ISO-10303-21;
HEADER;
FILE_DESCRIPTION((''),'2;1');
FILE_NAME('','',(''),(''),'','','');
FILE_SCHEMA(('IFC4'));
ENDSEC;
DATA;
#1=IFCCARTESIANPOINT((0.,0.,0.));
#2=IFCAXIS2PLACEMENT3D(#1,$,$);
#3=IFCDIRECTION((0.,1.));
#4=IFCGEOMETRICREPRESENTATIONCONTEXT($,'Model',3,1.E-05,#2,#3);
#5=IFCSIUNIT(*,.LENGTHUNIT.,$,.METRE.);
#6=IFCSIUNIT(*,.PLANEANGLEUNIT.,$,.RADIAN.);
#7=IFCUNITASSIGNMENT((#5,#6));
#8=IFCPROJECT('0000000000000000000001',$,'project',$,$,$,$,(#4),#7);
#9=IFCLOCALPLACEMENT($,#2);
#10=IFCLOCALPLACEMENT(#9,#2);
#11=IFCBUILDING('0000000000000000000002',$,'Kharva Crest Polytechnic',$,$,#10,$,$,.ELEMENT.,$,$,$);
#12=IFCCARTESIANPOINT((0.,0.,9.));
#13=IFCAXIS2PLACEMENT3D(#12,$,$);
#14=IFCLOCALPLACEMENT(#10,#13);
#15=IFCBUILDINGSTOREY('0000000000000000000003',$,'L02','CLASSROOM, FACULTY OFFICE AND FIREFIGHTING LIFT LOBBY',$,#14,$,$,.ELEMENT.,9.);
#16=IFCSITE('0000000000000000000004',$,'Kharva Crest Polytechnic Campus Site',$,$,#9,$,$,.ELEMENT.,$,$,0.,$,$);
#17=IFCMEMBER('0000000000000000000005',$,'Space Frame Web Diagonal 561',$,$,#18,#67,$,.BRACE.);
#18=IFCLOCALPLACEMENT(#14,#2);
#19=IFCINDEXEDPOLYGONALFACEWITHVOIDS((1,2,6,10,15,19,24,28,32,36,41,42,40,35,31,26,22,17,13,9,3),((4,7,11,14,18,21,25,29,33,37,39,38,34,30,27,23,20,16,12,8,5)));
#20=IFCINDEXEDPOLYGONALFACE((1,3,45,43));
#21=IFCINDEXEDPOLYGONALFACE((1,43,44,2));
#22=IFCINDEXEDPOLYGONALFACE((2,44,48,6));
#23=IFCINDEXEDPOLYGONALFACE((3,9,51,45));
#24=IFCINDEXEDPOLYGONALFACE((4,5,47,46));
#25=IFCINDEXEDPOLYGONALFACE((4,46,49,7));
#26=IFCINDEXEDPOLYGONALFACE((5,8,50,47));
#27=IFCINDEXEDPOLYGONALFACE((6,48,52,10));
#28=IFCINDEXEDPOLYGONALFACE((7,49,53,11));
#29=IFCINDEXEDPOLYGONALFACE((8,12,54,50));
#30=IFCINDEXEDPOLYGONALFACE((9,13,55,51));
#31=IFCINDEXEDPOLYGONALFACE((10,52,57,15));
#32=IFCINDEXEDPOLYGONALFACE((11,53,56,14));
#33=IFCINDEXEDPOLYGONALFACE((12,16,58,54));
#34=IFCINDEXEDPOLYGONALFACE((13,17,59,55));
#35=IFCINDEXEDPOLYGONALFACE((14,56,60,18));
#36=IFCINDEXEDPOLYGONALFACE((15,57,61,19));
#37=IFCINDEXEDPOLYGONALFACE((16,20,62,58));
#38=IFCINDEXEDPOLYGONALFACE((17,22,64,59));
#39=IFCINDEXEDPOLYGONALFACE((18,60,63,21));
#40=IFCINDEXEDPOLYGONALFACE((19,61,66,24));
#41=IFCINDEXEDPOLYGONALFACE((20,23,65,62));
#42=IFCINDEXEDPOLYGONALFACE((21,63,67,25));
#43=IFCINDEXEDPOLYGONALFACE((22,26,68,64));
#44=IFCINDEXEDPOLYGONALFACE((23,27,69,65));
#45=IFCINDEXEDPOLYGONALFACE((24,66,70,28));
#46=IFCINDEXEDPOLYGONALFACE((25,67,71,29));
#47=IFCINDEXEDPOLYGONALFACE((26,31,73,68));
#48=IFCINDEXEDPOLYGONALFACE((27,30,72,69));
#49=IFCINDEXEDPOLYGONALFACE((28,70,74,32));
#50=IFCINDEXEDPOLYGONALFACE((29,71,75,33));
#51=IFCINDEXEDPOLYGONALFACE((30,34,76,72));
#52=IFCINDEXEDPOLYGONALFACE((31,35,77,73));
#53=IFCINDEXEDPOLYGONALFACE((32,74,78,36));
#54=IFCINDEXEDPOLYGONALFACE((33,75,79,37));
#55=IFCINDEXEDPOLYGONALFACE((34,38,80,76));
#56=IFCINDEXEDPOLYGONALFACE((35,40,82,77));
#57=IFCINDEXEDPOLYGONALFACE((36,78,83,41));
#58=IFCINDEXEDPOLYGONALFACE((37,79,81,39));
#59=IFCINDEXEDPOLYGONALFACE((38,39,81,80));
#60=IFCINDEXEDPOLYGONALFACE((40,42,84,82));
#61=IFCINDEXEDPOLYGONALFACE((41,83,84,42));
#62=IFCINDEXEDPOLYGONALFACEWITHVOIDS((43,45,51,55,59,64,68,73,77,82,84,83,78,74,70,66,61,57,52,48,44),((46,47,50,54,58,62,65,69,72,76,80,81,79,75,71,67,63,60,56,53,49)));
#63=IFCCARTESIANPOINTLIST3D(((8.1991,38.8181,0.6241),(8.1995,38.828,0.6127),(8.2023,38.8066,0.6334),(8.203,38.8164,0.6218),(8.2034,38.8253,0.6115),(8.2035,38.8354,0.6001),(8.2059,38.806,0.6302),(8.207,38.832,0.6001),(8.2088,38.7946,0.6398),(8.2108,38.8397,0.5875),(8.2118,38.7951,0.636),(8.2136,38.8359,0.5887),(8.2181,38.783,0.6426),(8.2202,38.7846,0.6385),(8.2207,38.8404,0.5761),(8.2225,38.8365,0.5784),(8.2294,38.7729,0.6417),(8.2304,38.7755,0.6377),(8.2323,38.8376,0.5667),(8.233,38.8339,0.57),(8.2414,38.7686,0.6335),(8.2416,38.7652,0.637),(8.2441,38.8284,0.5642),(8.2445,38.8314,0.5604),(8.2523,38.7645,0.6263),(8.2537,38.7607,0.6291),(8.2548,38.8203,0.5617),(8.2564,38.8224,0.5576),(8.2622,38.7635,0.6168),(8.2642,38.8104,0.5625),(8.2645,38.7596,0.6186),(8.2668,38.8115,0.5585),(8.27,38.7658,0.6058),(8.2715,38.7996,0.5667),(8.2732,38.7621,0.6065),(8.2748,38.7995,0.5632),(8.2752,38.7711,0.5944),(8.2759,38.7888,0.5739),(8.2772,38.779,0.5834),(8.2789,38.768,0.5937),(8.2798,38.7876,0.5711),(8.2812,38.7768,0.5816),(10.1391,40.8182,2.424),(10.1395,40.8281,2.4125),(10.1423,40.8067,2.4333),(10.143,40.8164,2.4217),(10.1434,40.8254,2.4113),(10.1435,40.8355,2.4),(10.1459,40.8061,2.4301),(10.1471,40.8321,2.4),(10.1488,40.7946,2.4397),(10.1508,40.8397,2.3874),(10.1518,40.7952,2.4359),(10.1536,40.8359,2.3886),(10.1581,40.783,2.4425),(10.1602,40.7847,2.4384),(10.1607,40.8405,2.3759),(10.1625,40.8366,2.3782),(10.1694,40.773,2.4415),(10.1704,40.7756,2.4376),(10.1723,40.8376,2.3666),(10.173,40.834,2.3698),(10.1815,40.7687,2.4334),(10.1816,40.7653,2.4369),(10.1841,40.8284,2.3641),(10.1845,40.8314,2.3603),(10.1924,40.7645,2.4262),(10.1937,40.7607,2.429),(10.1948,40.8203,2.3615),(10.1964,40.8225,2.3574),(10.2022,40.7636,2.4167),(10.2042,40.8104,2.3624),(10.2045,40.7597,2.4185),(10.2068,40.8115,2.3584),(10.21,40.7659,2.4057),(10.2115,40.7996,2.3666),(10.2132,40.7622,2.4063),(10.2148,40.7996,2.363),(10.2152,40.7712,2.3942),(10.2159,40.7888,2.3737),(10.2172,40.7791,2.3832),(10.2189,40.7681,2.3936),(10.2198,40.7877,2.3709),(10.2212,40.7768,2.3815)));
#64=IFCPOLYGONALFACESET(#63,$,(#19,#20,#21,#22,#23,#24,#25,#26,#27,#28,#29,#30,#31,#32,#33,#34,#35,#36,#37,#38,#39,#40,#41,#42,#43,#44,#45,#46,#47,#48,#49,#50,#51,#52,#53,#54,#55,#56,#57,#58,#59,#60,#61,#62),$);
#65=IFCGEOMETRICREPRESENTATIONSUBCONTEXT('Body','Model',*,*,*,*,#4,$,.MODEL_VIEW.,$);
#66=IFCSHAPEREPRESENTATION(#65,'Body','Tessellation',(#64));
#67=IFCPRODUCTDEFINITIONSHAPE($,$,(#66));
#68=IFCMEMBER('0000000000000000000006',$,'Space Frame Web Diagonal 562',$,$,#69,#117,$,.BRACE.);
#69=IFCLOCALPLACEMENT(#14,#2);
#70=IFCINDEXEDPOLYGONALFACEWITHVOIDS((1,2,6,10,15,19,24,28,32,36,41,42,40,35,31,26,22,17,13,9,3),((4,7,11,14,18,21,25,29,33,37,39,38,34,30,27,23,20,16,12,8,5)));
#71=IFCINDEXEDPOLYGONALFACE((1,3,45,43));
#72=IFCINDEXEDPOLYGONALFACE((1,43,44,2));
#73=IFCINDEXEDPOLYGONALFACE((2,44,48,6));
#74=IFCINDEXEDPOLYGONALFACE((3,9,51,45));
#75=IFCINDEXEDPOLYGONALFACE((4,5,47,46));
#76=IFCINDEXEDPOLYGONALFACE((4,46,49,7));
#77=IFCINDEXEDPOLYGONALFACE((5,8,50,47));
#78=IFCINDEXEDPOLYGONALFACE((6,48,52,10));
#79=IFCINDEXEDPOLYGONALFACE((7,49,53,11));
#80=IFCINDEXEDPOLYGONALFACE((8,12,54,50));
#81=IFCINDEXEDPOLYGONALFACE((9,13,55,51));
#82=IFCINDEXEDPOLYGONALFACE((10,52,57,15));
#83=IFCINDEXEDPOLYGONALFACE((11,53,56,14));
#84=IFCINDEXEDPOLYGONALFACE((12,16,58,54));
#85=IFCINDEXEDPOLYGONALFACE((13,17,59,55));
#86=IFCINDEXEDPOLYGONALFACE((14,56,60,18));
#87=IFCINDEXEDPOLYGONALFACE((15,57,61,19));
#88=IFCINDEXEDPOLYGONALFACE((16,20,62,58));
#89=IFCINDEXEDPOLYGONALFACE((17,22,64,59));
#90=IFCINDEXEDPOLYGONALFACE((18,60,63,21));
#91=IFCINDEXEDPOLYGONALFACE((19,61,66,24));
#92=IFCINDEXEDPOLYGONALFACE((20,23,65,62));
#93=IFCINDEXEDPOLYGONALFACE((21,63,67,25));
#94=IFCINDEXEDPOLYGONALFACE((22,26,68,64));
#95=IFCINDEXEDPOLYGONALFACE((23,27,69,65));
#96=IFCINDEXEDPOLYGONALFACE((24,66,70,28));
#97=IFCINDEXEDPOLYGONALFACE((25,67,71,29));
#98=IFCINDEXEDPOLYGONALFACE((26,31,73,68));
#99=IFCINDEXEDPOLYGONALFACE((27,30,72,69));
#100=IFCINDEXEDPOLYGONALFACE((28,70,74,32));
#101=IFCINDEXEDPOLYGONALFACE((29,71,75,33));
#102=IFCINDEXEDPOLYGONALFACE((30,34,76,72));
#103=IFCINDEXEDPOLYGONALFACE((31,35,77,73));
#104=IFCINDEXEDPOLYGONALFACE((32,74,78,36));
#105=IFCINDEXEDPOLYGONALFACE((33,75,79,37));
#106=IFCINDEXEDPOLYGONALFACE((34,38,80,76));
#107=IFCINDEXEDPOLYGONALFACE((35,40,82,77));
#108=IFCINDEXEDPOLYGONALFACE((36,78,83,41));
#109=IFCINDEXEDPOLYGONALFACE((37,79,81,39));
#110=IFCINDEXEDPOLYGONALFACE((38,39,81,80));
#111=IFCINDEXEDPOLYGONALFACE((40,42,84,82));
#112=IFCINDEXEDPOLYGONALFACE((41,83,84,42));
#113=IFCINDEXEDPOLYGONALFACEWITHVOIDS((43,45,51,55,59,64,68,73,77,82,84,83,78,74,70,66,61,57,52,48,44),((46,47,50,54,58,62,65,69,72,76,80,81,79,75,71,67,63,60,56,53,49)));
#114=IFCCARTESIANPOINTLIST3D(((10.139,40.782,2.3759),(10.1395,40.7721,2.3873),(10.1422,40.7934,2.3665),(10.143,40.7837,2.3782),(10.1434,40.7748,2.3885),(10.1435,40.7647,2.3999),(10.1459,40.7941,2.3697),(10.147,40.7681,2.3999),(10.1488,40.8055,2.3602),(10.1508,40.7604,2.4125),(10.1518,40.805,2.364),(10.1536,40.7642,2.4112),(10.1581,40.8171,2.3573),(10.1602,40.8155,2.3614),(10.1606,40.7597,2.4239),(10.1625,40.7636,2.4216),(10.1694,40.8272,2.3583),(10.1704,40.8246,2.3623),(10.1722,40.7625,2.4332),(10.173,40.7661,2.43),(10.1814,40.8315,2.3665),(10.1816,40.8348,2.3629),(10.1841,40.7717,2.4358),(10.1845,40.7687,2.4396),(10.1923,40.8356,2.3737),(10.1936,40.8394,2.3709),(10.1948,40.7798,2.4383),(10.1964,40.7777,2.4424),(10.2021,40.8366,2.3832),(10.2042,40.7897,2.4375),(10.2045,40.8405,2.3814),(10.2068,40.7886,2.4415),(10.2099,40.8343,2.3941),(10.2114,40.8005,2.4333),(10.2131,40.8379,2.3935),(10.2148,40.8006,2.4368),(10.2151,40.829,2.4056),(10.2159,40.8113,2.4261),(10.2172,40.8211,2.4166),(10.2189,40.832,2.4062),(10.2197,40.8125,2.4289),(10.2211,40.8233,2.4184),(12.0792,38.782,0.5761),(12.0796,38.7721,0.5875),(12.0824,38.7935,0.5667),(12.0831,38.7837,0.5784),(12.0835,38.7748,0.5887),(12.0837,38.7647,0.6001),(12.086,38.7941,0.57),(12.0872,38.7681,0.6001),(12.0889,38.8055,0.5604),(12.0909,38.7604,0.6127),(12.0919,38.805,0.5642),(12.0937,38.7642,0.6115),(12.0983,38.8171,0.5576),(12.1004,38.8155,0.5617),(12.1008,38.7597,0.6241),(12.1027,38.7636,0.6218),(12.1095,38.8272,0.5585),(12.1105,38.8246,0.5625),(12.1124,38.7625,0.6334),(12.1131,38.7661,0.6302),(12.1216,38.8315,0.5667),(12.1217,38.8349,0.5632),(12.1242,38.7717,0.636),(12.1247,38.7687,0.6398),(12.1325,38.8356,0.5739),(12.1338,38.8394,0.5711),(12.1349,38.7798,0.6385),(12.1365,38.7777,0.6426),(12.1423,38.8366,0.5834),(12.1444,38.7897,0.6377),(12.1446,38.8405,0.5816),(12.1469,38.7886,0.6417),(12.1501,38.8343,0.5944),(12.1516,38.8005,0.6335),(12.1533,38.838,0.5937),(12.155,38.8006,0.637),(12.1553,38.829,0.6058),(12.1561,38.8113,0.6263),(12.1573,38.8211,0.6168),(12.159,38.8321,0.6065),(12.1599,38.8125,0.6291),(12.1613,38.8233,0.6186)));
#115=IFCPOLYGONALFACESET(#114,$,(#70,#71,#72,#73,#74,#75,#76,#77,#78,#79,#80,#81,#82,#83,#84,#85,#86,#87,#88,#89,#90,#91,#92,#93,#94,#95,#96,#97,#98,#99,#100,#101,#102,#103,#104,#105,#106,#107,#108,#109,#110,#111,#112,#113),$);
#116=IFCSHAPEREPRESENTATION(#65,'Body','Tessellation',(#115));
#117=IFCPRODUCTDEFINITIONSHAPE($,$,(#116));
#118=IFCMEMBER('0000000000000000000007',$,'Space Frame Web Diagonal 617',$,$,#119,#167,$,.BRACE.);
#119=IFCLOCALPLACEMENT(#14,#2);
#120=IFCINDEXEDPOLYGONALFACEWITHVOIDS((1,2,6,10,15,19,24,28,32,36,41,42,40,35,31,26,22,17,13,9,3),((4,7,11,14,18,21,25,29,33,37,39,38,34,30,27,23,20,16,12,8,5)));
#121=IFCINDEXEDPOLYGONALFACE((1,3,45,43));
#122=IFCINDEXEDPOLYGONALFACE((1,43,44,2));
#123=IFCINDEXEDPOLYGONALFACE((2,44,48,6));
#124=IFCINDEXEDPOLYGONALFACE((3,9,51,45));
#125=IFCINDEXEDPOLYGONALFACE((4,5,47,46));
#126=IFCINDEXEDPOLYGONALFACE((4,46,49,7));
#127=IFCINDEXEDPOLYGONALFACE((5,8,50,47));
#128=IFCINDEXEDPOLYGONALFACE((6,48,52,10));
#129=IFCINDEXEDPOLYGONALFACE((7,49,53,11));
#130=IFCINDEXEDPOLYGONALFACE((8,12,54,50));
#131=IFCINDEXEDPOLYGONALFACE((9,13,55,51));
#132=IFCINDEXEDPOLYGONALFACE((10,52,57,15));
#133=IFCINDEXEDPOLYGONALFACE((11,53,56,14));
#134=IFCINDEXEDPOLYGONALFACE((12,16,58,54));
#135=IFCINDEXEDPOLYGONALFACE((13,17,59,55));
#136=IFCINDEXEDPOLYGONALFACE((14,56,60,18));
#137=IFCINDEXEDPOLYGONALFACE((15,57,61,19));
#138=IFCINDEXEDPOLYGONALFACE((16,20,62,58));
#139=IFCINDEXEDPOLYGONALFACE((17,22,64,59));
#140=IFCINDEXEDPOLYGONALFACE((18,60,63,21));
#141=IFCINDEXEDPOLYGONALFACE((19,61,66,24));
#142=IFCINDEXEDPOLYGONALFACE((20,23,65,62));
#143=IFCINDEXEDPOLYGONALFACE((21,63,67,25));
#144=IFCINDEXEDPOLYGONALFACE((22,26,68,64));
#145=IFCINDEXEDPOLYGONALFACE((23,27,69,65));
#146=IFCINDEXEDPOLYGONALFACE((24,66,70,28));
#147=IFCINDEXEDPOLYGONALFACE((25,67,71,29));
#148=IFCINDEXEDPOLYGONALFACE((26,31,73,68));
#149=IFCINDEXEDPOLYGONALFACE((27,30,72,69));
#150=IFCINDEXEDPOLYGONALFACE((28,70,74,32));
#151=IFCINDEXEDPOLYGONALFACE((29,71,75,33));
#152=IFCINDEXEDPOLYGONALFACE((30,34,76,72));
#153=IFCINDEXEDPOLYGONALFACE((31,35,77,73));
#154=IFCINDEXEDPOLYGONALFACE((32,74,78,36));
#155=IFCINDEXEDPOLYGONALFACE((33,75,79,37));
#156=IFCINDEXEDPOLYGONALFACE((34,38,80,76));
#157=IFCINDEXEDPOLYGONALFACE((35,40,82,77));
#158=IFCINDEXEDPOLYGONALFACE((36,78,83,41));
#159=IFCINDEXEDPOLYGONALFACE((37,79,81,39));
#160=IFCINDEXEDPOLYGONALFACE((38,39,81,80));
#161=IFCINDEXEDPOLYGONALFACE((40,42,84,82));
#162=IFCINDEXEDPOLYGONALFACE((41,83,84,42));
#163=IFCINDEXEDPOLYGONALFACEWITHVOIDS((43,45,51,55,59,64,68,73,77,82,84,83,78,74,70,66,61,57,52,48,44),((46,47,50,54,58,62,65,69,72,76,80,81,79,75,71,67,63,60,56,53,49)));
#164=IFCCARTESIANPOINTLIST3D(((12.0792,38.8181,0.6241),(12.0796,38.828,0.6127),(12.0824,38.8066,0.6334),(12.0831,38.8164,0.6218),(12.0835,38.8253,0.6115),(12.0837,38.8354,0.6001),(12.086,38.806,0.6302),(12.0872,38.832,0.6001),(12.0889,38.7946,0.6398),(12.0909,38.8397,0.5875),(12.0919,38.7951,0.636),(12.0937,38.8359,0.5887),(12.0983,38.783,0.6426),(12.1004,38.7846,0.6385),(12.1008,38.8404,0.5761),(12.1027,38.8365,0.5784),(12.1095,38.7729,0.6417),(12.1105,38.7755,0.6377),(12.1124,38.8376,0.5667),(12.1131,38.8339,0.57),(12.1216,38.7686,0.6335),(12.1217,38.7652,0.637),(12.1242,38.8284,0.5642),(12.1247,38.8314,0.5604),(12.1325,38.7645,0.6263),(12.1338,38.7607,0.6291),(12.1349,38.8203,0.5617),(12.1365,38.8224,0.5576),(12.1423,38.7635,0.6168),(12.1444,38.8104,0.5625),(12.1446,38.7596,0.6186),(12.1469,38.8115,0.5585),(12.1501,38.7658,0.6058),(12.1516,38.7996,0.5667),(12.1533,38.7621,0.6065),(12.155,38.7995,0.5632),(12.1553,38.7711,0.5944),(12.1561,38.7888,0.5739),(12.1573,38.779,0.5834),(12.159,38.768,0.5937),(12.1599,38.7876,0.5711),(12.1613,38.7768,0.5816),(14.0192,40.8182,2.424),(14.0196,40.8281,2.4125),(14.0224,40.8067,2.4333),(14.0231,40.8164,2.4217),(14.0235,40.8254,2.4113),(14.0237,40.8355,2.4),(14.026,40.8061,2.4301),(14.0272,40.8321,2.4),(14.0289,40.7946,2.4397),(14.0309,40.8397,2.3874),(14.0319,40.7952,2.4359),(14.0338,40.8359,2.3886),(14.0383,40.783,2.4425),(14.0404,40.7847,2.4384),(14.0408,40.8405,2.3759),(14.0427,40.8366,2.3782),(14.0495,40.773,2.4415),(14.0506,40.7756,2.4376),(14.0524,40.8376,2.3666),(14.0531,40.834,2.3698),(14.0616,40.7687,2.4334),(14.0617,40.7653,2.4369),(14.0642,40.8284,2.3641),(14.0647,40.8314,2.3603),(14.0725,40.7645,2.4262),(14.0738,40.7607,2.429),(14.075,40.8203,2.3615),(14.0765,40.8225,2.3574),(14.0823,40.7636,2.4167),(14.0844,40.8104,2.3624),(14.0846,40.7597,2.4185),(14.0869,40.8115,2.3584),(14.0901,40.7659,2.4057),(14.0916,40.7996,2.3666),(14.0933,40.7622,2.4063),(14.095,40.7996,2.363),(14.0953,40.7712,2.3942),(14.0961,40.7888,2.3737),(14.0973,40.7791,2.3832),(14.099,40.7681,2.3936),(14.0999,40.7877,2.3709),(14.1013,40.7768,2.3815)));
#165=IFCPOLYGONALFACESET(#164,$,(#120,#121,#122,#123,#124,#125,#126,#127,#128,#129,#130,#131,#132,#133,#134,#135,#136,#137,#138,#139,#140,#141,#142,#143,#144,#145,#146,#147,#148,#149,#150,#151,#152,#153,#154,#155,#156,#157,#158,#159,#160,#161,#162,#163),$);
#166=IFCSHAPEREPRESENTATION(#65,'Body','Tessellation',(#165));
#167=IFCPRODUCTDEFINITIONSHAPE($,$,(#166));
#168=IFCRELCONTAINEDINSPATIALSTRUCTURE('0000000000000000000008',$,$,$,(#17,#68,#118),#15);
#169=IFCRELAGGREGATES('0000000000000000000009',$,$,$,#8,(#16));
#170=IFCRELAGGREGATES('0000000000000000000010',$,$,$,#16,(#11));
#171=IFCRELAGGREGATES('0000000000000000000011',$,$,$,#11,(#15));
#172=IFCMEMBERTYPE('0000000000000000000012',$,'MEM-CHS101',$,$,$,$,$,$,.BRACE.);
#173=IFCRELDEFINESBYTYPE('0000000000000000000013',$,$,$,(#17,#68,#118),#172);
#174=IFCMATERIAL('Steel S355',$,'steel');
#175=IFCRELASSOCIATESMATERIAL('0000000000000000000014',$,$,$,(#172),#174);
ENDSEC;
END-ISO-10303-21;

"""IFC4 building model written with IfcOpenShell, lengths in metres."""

from ifc_helpers import new_model, si_unit, direction, frame, origin, origin_2d, place, context, subcontext, project, spatial, hollow_circle, extrude, material, material_profile, profile_set, type_object, element, save


model = new_model("IFC4")

# Units and contexts
model_context = context("Model", 3, precision=1e-05, world=origin(), true_north=direction((0.0, 1.0)))
body_context = subcontext(model_context, "Body", "Model", "MODEL_VIEW")
ifc_project = project(units=[si_unit("LENGTHUNIT", "METRE"), si_unit("PLANEANGLEUNIT", "RADIAN")], contexts=[model_context])

# Site, building, storey
site_placement = place(None, origin())
site = spatial("IfcSite", under=ifc_project, at=site_placement, Name="Kharva Crest Polytechnic Campus Site", CompositionType="ELEMENT", RefElevation=0.0)
building_placement = place(site_placement, origin())
building = spatial("IfcBuilding", under=site, at=building_placement, Name="Kharva Crest Polytechnic", CompositionType="ELEMENT")
storey_placement = place(building_placement, frame((0.0, 0.0, 9.0)))
storey = spatial("IfcBuildingStorey", under=building, at=storey_placement, Name="L02", Description="CLASSROOM, FACULTY OFFICE AND FIREFIGHTING LIFT LOBBY", CompositionType="ELEMENT", Elevation=9.0)

# Shared definitions
ifc_material_1 = material(Name="Steel S355", Category="steel")

# Members
ifc_material_profile_1 = material_profile(ifc_material_1, hollow_circle(Radius=0.0508, WallThickness=0.0049, at=origin_2d()), Name="CHS 101.6X5.0")
ifc_profile_set_1 = profile_set([ifc_material_profile_1], Name="Steel S355")
member_type_1 = type_object("IfcMemberType", Name="MEM-CHS101", PredefinedType="BRACE", material=ifc_profile_set_1)
for number, where, z_axis, x_axis, name in (
    (1, (8.24, 38.8, 0.6001), (0.584843, 0.60295, 0.542596), (-0.717802, 0.696247, 0.0), "Space Frame Web Diagonal 561"),
    (2, (12.1201, 38.8, 0.6001), (-0.584892, 0.602924, 0.542572), (-0.717758, -0.696292, 0.0), "Space Frame Web Diagonal 562"),
    (3, (12.1201, 38.8, 0.6001), (0.584843, 0.60295, 0.542596), (-0.717802, 0.696247, 0.0), "Space Frame Web Diagonal 617"),
):
    element("IfcMember", number, at=place(storey_placement, frame(where, z_axis=z_axis, x_axis=x_axis)), inside=storey, type_object=member_type_1, Name=name, PredefinedType="BRACE", context=body_context, shape_type="SweptSolid", body=[
        extrude(hollow_circle(Radius=0.0508, WallThickness=0.0049, at=origin_2d()), origin(), (0.0, 0.0, 1.0), 3.3171),
    ])

save(model, "model.ifc")
